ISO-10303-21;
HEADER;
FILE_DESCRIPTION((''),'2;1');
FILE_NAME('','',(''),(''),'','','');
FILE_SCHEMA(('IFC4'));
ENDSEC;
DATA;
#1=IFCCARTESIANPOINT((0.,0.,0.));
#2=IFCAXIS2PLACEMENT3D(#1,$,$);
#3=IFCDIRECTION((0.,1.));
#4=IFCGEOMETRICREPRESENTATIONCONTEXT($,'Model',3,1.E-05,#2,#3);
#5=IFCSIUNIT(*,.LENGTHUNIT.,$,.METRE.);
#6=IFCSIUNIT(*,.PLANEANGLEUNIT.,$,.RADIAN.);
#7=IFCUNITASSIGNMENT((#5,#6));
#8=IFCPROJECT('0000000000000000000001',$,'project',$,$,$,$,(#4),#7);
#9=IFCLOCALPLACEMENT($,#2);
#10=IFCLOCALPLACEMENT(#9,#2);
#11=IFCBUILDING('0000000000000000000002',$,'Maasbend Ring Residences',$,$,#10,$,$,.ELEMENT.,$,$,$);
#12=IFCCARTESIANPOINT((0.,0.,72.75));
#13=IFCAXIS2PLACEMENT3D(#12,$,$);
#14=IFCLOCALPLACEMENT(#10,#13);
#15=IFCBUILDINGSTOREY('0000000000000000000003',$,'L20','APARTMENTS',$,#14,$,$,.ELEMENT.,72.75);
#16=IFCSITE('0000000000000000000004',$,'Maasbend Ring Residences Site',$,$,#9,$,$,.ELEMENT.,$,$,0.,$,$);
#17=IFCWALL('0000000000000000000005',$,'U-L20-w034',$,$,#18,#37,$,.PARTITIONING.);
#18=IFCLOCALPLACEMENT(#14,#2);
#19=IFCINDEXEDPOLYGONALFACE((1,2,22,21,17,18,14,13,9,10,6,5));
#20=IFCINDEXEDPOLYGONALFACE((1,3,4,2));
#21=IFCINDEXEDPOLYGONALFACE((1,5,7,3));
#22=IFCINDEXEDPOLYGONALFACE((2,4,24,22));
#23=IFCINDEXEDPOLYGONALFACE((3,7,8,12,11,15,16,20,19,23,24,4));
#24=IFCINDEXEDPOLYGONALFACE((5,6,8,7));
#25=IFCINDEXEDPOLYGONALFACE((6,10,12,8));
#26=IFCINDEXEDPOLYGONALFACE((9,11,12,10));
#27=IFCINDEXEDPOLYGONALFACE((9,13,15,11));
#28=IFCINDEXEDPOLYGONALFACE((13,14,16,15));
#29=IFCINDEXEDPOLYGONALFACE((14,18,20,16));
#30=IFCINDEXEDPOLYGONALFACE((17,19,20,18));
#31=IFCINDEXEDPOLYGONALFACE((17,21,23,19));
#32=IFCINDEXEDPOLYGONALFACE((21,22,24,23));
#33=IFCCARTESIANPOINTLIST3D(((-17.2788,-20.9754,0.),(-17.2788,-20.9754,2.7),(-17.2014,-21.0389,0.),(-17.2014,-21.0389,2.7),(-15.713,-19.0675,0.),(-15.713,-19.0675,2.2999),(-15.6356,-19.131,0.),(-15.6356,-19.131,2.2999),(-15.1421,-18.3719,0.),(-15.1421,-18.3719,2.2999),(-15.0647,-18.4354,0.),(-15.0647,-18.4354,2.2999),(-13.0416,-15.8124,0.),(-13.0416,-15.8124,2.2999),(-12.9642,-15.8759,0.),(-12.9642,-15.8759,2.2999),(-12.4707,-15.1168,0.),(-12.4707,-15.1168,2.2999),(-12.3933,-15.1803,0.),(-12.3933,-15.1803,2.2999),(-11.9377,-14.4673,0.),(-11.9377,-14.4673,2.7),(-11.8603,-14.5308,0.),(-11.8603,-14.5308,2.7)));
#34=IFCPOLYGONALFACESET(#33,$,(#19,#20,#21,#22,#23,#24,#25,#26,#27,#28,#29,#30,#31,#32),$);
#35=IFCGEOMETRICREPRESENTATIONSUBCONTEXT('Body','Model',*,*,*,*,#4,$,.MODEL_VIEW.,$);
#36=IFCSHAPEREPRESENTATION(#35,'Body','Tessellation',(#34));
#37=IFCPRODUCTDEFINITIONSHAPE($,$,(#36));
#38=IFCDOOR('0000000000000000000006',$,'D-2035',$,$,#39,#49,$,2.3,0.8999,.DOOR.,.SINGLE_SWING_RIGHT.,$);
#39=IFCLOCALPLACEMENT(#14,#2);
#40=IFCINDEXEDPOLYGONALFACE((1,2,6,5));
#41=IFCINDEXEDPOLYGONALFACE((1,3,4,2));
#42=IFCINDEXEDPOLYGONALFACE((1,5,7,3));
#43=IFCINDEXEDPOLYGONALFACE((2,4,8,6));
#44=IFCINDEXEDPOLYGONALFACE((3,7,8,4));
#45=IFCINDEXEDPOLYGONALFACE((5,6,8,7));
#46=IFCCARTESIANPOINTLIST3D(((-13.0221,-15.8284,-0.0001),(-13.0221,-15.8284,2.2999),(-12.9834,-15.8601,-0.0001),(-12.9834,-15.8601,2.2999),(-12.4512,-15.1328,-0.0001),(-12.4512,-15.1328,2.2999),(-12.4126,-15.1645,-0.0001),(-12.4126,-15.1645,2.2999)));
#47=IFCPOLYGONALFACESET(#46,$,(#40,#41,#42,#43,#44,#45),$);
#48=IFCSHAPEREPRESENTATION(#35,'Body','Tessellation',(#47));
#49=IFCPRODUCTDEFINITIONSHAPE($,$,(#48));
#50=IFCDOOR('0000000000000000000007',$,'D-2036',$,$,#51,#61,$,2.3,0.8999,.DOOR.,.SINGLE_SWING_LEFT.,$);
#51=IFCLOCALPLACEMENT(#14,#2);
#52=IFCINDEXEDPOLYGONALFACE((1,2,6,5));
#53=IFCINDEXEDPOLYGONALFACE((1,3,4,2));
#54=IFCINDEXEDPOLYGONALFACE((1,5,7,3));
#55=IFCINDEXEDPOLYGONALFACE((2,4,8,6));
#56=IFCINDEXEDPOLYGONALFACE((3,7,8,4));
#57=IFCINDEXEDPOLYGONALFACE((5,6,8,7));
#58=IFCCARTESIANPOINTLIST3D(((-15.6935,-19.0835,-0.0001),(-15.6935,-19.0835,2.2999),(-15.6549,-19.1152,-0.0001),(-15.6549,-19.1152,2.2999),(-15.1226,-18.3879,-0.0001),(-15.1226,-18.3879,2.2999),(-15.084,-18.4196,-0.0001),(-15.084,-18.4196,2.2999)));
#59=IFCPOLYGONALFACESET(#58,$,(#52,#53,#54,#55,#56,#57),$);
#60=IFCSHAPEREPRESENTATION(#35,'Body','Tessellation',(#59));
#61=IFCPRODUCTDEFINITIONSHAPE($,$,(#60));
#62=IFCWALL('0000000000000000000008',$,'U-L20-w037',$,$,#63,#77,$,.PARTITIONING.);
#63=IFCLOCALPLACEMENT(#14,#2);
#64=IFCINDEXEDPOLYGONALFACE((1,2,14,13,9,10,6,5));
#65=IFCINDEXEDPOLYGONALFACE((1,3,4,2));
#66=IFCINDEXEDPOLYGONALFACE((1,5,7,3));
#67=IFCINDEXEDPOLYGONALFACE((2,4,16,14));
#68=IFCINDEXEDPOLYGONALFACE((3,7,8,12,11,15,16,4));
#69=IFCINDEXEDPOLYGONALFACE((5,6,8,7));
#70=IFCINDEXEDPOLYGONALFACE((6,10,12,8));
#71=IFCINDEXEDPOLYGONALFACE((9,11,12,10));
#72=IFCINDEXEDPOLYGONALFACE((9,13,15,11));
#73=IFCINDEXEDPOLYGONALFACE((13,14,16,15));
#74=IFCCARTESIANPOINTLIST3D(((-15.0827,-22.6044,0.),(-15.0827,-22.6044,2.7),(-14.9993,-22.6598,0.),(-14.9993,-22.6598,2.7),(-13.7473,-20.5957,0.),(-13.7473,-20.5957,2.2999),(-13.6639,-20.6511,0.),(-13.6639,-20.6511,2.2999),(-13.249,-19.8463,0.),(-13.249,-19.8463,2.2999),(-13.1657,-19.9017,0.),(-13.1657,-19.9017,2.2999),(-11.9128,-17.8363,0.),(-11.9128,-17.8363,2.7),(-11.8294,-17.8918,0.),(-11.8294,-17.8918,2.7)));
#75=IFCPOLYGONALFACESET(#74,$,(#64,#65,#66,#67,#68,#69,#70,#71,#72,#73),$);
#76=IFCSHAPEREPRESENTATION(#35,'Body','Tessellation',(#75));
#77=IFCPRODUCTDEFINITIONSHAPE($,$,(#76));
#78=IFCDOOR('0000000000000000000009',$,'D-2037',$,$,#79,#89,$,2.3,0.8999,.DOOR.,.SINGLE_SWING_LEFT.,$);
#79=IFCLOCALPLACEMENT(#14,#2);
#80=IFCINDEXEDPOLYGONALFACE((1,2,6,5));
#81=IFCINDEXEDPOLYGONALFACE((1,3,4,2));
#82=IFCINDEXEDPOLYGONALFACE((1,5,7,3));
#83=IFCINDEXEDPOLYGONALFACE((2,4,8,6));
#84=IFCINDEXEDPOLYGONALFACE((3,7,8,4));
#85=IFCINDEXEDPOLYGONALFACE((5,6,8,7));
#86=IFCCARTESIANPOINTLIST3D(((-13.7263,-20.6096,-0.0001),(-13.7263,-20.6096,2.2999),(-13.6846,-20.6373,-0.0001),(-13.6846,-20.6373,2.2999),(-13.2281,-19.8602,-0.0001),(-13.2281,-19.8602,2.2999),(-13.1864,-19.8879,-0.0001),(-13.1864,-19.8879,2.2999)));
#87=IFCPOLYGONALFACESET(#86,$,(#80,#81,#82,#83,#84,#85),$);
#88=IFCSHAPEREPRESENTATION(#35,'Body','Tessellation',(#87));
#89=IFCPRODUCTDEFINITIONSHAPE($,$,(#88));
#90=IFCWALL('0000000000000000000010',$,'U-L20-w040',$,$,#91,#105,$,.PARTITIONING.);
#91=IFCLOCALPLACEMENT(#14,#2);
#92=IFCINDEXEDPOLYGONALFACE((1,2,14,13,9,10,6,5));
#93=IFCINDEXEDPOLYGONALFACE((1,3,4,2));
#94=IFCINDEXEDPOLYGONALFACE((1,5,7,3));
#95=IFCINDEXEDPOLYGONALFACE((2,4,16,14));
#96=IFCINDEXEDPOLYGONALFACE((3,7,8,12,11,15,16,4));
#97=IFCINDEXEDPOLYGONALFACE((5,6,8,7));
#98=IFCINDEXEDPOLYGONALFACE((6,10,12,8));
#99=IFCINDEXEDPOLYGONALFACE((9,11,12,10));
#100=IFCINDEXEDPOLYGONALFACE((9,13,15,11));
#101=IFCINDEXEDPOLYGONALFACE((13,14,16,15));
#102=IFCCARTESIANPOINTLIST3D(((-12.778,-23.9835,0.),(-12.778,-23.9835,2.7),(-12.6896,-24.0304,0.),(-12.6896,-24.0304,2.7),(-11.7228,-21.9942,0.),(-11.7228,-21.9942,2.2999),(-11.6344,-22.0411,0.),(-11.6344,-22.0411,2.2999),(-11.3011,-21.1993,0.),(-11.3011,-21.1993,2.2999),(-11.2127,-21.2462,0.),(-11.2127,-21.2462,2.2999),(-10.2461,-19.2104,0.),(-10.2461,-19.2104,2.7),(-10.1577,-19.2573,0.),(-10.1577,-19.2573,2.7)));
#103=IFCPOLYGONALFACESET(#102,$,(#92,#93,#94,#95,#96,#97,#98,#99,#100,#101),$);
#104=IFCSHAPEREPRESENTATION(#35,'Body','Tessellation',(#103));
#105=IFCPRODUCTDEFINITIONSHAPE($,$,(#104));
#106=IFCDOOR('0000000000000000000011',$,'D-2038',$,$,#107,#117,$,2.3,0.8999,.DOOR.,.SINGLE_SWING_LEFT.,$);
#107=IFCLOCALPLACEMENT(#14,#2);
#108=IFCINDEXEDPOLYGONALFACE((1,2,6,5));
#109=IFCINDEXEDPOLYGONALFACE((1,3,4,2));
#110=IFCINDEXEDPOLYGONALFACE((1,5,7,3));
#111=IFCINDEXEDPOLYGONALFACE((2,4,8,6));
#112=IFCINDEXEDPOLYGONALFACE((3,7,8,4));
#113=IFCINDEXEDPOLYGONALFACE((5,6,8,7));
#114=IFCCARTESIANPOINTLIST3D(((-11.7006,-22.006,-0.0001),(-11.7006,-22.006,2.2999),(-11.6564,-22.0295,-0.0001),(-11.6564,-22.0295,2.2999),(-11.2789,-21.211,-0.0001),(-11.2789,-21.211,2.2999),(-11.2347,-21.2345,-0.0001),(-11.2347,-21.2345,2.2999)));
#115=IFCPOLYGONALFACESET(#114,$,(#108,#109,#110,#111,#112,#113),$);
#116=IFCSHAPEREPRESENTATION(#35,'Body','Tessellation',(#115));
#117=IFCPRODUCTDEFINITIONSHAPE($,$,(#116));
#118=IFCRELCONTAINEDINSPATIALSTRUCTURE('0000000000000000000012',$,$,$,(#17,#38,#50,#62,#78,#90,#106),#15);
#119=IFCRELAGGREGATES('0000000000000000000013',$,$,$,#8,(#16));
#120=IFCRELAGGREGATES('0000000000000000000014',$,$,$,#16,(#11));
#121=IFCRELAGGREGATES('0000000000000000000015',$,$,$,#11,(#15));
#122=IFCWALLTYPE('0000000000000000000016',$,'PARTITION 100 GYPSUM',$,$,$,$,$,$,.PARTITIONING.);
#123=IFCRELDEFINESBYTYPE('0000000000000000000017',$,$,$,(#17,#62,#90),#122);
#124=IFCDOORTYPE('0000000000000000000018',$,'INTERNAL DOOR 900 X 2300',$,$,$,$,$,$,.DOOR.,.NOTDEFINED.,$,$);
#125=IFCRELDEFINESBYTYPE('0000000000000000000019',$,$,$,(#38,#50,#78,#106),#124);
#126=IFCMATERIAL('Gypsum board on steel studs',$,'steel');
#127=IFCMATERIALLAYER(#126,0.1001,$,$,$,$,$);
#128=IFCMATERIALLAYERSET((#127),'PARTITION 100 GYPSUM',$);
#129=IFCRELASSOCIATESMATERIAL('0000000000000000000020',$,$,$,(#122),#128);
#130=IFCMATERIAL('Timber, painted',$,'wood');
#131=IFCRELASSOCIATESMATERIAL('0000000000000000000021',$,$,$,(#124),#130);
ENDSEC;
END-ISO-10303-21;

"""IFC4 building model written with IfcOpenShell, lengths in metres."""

from ifc_helpers import new_model, si_unit, direction, frame, frame_2d, origin, place, context, subcontext, project, spatial, rectangle, extrude, material, layer, layer_set, type_object, element, fill, save


model = new_model("IFC4")

# Units and contexts
model_context = context("Model", 3, precision=1e-05, world=origin(), true_north=direction((0.0, 1.0)))
body_context = subcontext(model_context, "Body", "Model", "MODEL_VIEW")
ifc_project = project(units=[si_unit("LENGTHUNIT", "METRE"), si_unit("PLANEANGLEUNIT", "RADIAN")], contexts=[model_context])

# Site, building, storey
site_placement = place(None, origin())
site = spatial("IfcSite", under=ifc_project, at=site_placement, Name="Maasbend Ring Residences Site", CompositionType="ELEMENT", RefElevation=0.0)
building_placement = place(site_placement, origin())
building = spatial("IfcBuilding", under=site, at=building_placement, Name="Maasbend Ring Residences", CompositionType="ELEMENT")
storey_placement = place(building_placement, frame((0.0, 0.0, 72.75)))
storey = spatial("IfcBuildingStorey", under=building, at=storey_placement, Name="L20", Description="APARTMENTS", CompositionType="ELEMENT", Elevation=72.75)

# Wall, openings, doors
ifc_material_1 = material(Name="Gypsum board on steel studs", Category="steel")
ifc_layer_1 = layer(ifc_material_1, 0.1001)
ifc_layer_set_1 = layer_set([ifc_layer_1], Name="PARTITION 100 GYPSUM")
wall_type_1 = type_object("IfcWallType", Name="PARTITION 100 GYPSUM", PredefinedType="PARTITIONING", material=ifc_layer_set_1)
wall_1_placement = place(storey_placement, frame((-17.24, -21.0071, 0.0), z_axis=(0.0, 0.0, 1.0), x_axis=(0.634396, 0.773008, 0.0)))
wall_1 = element("IfcWall", 1, at=wall_1_placement, inside=storey, type_object=wall_type_1, Name="U-L20-w034", PredefinedType="PARTITIONING", context=body_context, shape_type="SweptSolid", body=[
    extrude(rectangle(XDim=8.4192, YDim=0.1001, at=frame_2d((4.2095, 0.0))), origin(), (0.0, 0.0, 1.0), 2.7),
])
opening_1_placement = place(wall_1_placement, frame((6.679, 0.0, 0.0)))
opening_1 = element("IfcOpeningElement", 2, at=opening_1_placement, cuts=wall_1, PredefinedType="OPENING", context=body_context, shape_type="SweptSolid", body=[
    extrude(rectangle(XDim=0.8999, YDim=2.3, at=frame_2d((0.45, 1.1499))), frame((0.0, 0.0601, 0.0), z_axis=(0.0, -1.0, 0.0), x_axis=(1.0, 0.0, 0.0)), (0.0, 0.0, 1.0), 0.1201),
])
opening_2_placement = place(wall_1_placement, frame((2.468, 0.0, 0.0)))
opening_2 = element("IfcOpeningElement", 3, at=opening_2_placement, cuts=wall_1, PredefinedType="OPENING", context=body_context, shape_type="SweptSolid", body=[
    extrude(rectangle(XDim=0.8999, YDim=2.3, at=frame_2d((0.45, 1.1499))), frame((0.0, 0.0601, 0.0), z_axis=(0.0, -1.0, 0.0), x_axis=(1.0, 0.0, 0.0)), (0.0, 0.0, 1.0), 0.1201),
])
ifc_material_2 = material(Name="Timber, painted", Category="wood")
door_type_1 = type_object("IfcDoorType", Name="INTERNAL DOOR 900 X 2300", OperationType="NOTDEFINED", PredefinedType="DOOR", material=ifc_material_2)
door_1_placement = place(opening_1_placement, origin())
door_1 = element("IfcDoor", 4, at=door_1_placement, inside=storey, type_object=door_type_1, Name="D-2035", OperationType="SINGLE_SWING_RIGHT", OverallHeight=2.3, OverallWidth=0.8999, PredefinedType="DOOR", context=body_context, shape_type="SweptSolid", body=[
    extrude(rectangle(XDim=0.8999, YDim=2.3, at=frame_2d((0.45, 1.1499))), frame((0.0, 0.0249, 0.0), z_axis=(0.0, -1.0, 0.0), x_axis=(1.0, 0.0, 0.0)), (0.0, 0.0, 1.0), 0.05),
])
fill(opening_1, door_1)
door_2_placement = place(opening_2_placement, origin())
door_2 = element("IfcDoor", 5, at=door_2_placement, inside=storey, type_object=door_type_1, Name="D-2036", OperationType="SINGLE_SWING_LEFT", OverallHeight=2.3, OverallWidth=0.8999, PredefinedType="DOOR", context=body_context, shape_type="SweptSolid", body=[
    extrude(rectangle(XDim=0.8999, YDim=2.3, at=frame_2d((0.45, 1.1499))), frame((0.0, 0.0249, 0.0), z_axis=(0.0, -1.0, 0.0), x_axis=(1.0, 0.0, 0.0)), (0.0, 0.0, 1.0), 0.05),
])
fill(opening_2, door_2)

# Walls, openings, doors
wall_2_placement = place(storey_placement, frame((-15.041, -22.6321, 0.0), z_axis=(0.0, 0.0, 1.0), x_axis=(0.553637, 0.832758, 0.0)))
wall_2 = element("IfcWall", 6, at=wall_2_placement, inside=storey, type_object=wall_type_1, Name="U-L20-w037", PredefinedType="PARTITIONING", context=body_context, shape_type="SweptSolid", body=[
    extrude(rectangle(XDim=5.7256, YDim=0.1001, at=frame_2d((2.8628, 0.0))), origin(), (0.0, 0.0, 1.0), 2.7),
])
opening_3_placement = place(wall_2_placement, frame((2.4121, 0.0, 0.0)))
opening_3 = element("IfcOpeningElement", 7, at=opening_3_placement, cuts=wall_2, PredefinedType="OPENING", context=body_context, shape_type="SweptSolid", body=[
    extrude(rectangle(XDim=0.8999, YDim=2.3, at=frame_2d((0.45, 1.1499))), frame((0.0, 0.0601, 0.0), z_axis=(0.0, -1.0, 0.0), x_axis=(1.0, 0.0, 0.0)), (0.0, 0.0, 1.0), 0.1201),
])
door_3_placement = place(opening_3_placement, origin())
door_3 = element("IfcDoor", 8, at=door_3_placement, inside=storey, type_object=door_type_1, Name="D-2037", OperationType="SINGLE_SWING_LEFT", OverallHeight=2.3, OverallWidth=0.8999, PredefinedType="DOOR", context=body_context, shape_type="SweptSolid", body=[
    extrude(rectangle(XDim=0.8999, YDim=2.3, at=frame_2d((0.45, 1.1499))), frame((0.0, 0.0249, 0.0), z_axis=(0.0, -1.0, 0.0), x_axis=(1.0, 0.0, 0.0)), (0.0, 0.0, 1.0), 0.05),
])
fill(opening_3, door_3)
wall_3_placement = place(storey_placement, frame((-12.7339, -24.0071, 0.0), z_axis=(0.0, 0.0, 1.0), x_axis=(0.46861, 0.883405, 0.0)))
wall_3 = element("IfcWall", 9, at=wall_3_placement, inside=storey, type_object=wall_type_1, Name="U-L20-w040", PredefinedType="PARTITIONING", context=body_context, shape_type="SweptSolid", body=[
    extrude(rectangle(XDim=5.4031, YDim=0.1001, at=frame_2d((2.7017, 0.0))), origin(), (0.0, 0.0, 1.0), 2.7),
])
opening_4_placement = place(wall_3_placement, frame((2.252, 0.0, 0.0)))
opening_4 = element("IfcOpeningElement", 10, at=opening_4_placement, cuts=wall_3, PredefinedType="OPENING", context=body_context, shape_type="SweptSolid", body=[
    extrude(rectangle(XDim=0.8999, YDim=2.3, at=frame_2d((0.45, 1.1499))), frame((0.0, 0.0601, 0.0), z_axis=(0.0, -1.0, 0.0), x_axis=(1.0, 0.0, 0.0)), (0.0, 0.0, 1.0), 0.1201),
])
door_4_placement = place(opening_4_placement, origin())
door_4 = element("IfcDoor", 11, at=door_4_placement, inside=storey, type_object=door_type_1, Name="D-2038", OperationType="SINGLE_SWING_LEFT", OverallHeight=2.3, OverallWidth=0.8999, PredefinedType="DOOR", context=body_context, shape_type="SweptSolid", body=[
    extrude(rectangle(XDim=0.8999, YDim=2.3, at=frame_2d((0.45, 1.1499))), frame((0.0, 0.0249, 0.0), z_axis=(0.0, -1.0, 0.0), x_axis=(1.0, 0.0, 0.0)), (0.0, 0.0, 1.0), 0.05),
])
fill(opening_4, door_4)

save(model, "model.ifc")
